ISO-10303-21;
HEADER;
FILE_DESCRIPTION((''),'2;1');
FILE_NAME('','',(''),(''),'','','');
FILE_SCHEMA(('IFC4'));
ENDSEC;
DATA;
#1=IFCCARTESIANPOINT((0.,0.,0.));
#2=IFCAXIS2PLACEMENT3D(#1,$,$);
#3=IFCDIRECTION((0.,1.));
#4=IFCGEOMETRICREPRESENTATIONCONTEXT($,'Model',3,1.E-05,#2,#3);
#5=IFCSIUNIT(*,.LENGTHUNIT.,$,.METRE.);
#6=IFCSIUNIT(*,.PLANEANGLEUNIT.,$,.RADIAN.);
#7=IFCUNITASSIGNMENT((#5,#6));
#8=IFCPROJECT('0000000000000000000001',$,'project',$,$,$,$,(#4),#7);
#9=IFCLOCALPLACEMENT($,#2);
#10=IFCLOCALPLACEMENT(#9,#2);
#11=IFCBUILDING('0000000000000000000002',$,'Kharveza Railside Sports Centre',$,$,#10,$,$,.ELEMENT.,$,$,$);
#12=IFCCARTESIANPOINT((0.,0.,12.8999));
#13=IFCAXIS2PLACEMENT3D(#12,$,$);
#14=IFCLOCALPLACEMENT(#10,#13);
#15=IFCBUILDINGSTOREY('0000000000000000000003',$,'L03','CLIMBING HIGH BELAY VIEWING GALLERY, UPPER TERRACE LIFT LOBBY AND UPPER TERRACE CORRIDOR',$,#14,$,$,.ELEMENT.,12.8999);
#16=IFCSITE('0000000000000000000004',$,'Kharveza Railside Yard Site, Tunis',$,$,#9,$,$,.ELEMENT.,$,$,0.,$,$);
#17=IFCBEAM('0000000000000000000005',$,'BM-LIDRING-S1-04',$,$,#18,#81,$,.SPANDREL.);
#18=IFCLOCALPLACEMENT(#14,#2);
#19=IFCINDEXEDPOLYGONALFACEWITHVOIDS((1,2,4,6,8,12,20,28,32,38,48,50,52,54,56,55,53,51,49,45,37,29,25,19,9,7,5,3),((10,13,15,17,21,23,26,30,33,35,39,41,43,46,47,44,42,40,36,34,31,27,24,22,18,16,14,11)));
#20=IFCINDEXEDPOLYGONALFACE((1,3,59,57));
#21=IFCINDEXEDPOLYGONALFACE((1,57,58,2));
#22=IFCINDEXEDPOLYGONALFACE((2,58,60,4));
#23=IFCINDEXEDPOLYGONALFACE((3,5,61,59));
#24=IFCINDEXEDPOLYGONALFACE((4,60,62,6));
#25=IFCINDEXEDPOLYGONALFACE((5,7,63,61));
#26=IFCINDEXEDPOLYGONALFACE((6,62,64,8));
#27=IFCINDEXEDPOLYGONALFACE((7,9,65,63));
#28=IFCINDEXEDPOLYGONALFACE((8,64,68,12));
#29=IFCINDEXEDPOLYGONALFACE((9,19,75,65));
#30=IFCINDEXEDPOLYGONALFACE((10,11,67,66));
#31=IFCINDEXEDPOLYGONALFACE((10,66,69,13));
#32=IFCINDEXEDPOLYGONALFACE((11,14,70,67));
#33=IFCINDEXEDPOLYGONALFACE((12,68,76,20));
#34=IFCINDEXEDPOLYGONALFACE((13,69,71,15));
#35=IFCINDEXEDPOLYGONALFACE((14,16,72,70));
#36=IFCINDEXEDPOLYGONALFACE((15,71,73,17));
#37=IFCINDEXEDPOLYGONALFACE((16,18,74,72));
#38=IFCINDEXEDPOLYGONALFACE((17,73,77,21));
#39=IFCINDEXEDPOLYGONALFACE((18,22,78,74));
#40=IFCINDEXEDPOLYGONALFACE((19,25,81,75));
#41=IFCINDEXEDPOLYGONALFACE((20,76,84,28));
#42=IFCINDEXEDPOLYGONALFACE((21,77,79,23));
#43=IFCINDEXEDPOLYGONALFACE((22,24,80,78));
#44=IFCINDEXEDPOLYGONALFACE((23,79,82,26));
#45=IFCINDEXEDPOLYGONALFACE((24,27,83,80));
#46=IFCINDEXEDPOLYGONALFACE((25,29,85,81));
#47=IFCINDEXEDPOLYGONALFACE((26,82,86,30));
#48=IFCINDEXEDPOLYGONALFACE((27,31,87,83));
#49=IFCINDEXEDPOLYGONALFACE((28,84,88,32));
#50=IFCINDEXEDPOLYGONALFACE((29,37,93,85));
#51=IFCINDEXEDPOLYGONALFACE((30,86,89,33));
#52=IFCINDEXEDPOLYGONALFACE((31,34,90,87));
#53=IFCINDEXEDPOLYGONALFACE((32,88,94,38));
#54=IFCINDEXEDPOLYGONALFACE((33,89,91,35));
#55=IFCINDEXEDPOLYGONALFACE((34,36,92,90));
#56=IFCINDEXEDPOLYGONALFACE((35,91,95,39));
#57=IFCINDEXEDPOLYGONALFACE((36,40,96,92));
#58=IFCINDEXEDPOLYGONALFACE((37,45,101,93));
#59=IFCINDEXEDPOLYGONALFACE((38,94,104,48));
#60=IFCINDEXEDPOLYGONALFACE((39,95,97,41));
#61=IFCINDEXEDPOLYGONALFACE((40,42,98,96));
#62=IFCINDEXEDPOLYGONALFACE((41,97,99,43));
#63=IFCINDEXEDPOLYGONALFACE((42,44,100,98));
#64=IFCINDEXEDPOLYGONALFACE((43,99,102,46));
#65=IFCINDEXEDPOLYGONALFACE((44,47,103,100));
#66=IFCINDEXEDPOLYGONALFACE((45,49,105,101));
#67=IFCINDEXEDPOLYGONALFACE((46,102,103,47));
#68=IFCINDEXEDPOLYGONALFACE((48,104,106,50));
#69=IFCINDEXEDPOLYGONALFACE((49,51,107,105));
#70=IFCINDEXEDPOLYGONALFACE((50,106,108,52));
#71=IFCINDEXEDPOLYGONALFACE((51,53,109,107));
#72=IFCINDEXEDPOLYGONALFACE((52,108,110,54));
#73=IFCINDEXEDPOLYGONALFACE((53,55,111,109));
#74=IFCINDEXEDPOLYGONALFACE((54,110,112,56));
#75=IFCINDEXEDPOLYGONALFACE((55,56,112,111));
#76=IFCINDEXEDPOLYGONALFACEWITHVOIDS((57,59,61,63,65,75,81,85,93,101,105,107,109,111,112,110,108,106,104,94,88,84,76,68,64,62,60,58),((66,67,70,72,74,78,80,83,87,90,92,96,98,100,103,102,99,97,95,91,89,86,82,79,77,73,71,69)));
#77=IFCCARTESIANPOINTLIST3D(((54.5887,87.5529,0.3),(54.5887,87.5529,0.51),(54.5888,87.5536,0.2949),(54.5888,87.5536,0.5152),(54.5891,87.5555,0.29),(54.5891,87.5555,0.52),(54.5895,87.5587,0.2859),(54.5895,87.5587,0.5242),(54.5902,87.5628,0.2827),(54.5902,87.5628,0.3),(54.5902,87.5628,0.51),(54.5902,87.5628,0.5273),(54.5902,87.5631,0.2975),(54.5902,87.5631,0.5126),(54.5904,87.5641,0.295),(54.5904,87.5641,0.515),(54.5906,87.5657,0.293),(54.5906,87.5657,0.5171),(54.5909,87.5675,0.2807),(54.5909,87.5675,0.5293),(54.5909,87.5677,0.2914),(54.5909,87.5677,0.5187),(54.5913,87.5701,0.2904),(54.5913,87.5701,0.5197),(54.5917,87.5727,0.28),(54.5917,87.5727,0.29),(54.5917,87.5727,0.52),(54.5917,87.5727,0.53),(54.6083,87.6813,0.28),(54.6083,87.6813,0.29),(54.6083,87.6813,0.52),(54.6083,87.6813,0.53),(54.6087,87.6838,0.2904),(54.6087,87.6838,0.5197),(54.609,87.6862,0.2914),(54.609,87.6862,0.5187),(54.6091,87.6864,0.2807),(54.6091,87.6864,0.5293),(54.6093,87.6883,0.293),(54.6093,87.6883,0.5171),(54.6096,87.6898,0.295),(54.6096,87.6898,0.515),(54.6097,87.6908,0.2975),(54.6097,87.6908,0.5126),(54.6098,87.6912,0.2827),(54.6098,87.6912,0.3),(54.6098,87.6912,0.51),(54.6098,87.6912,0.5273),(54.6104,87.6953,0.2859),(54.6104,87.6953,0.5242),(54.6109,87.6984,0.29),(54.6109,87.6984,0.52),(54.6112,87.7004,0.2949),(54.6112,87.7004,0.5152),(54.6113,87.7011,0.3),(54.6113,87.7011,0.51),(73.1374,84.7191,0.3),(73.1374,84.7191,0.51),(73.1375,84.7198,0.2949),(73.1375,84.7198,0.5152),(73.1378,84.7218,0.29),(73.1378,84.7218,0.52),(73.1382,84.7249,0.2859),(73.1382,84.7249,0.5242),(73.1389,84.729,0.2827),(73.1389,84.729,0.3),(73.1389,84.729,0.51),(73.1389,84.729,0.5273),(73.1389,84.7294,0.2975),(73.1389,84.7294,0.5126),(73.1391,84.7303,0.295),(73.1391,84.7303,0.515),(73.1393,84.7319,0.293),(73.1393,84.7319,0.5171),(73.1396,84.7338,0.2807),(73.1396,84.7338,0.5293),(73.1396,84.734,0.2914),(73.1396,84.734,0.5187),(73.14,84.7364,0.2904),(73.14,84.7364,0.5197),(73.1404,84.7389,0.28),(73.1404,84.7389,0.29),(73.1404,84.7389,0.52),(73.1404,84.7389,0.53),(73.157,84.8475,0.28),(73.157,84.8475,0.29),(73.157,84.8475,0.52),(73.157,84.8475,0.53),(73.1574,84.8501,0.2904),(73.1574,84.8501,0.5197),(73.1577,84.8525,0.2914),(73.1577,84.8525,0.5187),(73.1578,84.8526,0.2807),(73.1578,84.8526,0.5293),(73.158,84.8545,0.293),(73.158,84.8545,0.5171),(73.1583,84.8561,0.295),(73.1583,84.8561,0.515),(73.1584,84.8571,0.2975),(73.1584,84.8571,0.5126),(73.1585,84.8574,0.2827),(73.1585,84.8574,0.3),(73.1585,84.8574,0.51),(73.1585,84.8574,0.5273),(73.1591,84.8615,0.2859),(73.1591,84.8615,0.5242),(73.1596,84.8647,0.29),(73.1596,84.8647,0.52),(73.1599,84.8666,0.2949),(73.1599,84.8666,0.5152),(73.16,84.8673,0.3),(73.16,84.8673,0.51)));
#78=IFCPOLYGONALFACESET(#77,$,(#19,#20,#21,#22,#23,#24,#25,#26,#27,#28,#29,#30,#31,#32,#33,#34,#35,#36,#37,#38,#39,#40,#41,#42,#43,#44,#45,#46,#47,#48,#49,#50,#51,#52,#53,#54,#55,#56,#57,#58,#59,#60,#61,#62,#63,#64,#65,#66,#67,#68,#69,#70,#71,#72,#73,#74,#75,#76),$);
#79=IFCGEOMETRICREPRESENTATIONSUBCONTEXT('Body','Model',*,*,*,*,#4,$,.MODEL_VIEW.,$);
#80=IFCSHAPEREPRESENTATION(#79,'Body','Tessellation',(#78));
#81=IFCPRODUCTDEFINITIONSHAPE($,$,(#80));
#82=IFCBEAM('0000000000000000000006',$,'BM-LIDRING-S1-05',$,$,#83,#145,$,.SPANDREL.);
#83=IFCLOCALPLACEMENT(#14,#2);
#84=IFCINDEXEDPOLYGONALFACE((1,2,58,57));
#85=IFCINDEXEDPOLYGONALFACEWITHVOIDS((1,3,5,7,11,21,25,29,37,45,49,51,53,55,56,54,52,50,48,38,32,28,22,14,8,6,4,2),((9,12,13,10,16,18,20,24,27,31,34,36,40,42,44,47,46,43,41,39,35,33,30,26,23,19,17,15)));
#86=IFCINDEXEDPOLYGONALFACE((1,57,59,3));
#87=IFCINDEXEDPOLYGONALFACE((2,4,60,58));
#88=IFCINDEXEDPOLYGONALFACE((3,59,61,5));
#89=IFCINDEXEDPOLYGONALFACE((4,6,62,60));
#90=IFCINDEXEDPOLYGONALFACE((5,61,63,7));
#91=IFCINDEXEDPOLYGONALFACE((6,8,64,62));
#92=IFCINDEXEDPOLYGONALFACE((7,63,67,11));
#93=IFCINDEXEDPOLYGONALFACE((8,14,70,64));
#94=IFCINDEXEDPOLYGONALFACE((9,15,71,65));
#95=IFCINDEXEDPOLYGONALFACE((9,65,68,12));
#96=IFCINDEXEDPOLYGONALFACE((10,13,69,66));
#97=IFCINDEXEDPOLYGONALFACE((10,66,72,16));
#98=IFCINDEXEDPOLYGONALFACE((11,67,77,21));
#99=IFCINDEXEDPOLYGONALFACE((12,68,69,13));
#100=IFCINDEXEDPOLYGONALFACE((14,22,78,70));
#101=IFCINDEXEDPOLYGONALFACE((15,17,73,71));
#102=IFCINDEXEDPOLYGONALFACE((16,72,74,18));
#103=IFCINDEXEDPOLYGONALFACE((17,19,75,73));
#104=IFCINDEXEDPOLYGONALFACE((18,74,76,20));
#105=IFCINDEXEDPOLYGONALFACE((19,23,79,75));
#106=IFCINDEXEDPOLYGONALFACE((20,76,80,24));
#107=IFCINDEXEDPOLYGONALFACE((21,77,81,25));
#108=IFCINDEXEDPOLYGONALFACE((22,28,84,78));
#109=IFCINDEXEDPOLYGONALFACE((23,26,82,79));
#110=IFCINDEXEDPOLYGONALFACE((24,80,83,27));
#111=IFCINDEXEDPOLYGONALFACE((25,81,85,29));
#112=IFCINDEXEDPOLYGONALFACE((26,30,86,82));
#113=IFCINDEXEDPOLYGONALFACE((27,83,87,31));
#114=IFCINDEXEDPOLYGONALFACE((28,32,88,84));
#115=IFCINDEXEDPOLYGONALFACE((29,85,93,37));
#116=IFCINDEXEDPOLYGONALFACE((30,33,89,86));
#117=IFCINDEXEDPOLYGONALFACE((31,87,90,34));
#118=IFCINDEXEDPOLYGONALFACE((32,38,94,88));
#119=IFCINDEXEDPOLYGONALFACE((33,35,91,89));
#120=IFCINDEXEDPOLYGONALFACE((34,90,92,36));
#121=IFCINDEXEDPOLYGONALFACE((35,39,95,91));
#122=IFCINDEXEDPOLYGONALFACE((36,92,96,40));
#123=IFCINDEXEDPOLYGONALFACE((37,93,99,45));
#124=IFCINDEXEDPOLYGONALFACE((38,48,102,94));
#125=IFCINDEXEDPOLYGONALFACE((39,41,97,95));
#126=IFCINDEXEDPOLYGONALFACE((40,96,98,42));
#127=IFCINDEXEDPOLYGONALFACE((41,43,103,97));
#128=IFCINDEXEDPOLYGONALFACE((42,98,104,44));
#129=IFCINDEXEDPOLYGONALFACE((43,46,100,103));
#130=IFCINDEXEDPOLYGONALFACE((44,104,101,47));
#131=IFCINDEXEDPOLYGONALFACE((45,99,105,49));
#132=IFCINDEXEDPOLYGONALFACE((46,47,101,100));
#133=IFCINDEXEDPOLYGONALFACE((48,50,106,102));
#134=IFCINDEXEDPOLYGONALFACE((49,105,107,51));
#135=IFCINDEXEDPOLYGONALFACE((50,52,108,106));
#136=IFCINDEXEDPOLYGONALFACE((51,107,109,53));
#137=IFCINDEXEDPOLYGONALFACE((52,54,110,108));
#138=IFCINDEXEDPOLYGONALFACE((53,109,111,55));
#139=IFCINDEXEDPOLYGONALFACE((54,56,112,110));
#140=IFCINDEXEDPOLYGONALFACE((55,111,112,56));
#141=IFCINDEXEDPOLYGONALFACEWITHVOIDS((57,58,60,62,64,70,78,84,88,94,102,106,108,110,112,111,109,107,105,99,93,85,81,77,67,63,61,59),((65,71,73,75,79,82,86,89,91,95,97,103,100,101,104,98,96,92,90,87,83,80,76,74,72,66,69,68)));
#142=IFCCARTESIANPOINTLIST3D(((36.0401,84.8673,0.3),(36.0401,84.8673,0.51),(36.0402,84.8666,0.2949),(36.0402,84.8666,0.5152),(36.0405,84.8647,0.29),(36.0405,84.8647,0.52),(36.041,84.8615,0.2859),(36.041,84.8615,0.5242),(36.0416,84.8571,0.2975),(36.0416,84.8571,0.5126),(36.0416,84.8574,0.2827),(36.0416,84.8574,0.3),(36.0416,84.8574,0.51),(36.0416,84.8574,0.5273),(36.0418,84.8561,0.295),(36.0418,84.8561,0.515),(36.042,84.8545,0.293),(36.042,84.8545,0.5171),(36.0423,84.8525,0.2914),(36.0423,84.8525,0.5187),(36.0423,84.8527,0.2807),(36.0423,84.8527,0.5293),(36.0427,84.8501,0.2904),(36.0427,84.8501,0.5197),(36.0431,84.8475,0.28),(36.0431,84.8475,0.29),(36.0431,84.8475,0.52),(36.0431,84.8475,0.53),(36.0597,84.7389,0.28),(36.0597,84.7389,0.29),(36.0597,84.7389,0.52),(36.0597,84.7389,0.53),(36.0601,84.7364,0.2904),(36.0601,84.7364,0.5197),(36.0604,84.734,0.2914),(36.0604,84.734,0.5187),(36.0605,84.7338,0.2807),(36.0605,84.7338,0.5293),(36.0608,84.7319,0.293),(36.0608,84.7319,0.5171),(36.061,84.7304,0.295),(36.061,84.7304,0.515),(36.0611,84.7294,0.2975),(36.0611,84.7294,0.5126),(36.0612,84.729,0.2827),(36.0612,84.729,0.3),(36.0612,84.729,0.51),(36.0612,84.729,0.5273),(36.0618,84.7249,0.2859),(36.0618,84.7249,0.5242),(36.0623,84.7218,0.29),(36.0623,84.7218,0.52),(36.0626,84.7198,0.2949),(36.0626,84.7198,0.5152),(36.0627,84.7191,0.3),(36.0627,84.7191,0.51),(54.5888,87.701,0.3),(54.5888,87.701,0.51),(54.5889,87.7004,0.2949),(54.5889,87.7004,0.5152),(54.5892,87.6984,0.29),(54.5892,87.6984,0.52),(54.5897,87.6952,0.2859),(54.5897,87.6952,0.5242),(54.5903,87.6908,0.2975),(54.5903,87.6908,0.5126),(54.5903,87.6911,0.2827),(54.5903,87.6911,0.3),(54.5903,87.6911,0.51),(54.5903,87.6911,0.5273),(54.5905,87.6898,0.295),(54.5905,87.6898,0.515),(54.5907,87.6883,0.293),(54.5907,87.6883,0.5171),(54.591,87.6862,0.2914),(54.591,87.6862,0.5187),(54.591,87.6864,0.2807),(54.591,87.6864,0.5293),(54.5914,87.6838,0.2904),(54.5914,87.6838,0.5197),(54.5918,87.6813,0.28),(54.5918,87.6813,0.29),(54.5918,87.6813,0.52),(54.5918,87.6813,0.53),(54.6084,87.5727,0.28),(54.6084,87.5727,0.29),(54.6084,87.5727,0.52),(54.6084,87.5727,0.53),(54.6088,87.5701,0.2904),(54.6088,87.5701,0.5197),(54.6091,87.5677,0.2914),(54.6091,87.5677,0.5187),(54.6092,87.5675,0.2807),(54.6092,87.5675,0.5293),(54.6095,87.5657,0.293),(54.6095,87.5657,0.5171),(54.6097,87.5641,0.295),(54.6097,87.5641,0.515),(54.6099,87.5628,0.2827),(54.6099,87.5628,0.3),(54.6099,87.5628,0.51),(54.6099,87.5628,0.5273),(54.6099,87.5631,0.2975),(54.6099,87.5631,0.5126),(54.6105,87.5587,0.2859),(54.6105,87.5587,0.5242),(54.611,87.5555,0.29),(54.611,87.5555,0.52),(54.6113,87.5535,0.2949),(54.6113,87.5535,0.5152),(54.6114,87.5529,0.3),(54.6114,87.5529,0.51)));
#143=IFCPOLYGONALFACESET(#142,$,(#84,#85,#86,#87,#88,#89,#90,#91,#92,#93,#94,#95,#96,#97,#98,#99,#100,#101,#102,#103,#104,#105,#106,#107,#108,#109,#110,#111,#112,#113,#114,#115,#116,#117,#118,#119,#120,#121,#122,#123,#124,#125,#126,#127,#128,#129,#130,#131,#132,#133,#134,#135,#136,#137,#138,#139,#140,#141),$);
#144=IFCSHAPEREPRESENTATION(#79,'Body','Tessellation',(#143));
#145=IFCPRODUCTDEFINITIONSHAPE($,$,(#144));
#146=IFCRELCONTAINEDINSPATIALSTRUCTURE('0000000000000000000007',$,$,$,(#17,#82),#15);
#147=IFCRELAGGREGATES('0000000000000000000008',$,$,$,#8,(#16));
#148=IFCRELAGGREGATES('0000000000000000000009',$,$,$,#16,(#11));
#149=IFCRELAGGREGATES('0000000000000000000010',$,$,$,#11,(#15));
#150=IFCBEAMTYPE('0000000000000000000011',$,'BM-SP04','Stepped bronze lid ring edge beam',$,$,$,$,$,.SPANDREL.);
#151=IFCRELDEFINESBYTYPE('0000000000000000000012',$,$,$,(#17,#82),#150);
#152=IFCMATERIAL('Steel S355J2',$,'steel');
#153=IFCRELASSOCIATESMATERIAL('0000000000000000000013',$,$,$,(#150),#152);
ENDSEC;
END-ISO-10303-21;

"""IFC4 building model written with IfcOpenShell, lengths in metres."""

from ifc_helpers import new_model, si_unit, direction, frame, origin, origin_2d, place, context, subcontext, project, spatial, hollow_rectangle, extrude, material, material_profile, profile_set, type_object, element, save


model = new_model("IFC4")

# Units and contexts
model_context = context("Model", 3, precision=1e-05, world=origin(), true_north=direction((0.0, 1.0)))
body_context = subcontext(model_context, "Body", "Model", "MODEL_VIEW")
ifc_project = project(units=[si_unit("LENGTHUNIT", "METRE"), si_unit("PLANEANGLEUNIT", "RADIAN")], contexts=[model_context])

# Site, building, storey
site_placement = place(None, origin())
site = spatial("IfcSite", under=ifc_project, at=site_placement, Name="Kharveza Railside Yard Site, Tunis", CompositionType="ELEMENT", RefElevation=0.0)
building_placement = place(site_placement, origin())
building = spatial("IfcBuilding", under=site, at=building_placement, Name="Kharveza Railside Sports Centre", CompositionType="ELEMENT")
storey_placement = place(building_placement, frame((0.0, 0.0, 12.8999)))
storey = spatial("IfcBuildingStorey", under=building, at=storey_placement, Name="L03", Description="CLIMBING HIGH BELAY VIEWING GALLERY, UPPER TERRACE LIFT LOBBY AND UPPER TERRACE CORRIDOR", CompositionType="ELEMENT", Elevation=12.8999)

# Beams
ifc_material_1 = material(Name="Steel S355J2", Category="steel")
ifc_material_profile_1 = material_profile(ifc_material_1, hollow_rectangle(XDim=0.1499, YDim=0.25, WallThickness=0.01, InnerFilletRadius=0.01, OuterFilletRadius=0.02, at=origin_2d()), Name="RHS 150x250x10.0")
ifc_profile_set_1 = profile_set([ifc_material_profile_1], Name="Steel S355J2")
beam_type = type_object("IfcBeamType", Name="BM-SP04", Description="Stepped bronze lid ring edge beam", PredefinedType="SPANDREL", material=ifc_profile_set_1)
for number, where, z_axis, x_axis, name in (
    (1, (73.1487, 84.7932, 0.405), (-0.98853, 0.151022, 0.0), (-0.151022, -0.98853, 0.0), "BM-LIDRING-S1-04"),
    (2, (54.6001, 87.627, 0.405), (-0.988531, -0.15102, 0.0), (0.15102, -0.988531, 0.0), "BM-LIDRING-S1-05"),
):
    element("IfcBeam", number, at=place(storey_placement, frame(where, z_axis=z_axis, x_axis=x_axis)), inside=storey, type_object=beam_type, Name=name, PredefinedType="SPANDREL", context=body_context, shape_type="SweptSolid", body=[
        extrude(hollow_rectangle(XDim=0.1499, YDim=0.25, WallThickness=0.01, InnerFilletRadius=0.01, OuterFilletRadius=0.02, at=origin_2d()), origin(), (0.0, 0.0, 1.0), 18.7639),
    ])

save(model, "model.ifc")
